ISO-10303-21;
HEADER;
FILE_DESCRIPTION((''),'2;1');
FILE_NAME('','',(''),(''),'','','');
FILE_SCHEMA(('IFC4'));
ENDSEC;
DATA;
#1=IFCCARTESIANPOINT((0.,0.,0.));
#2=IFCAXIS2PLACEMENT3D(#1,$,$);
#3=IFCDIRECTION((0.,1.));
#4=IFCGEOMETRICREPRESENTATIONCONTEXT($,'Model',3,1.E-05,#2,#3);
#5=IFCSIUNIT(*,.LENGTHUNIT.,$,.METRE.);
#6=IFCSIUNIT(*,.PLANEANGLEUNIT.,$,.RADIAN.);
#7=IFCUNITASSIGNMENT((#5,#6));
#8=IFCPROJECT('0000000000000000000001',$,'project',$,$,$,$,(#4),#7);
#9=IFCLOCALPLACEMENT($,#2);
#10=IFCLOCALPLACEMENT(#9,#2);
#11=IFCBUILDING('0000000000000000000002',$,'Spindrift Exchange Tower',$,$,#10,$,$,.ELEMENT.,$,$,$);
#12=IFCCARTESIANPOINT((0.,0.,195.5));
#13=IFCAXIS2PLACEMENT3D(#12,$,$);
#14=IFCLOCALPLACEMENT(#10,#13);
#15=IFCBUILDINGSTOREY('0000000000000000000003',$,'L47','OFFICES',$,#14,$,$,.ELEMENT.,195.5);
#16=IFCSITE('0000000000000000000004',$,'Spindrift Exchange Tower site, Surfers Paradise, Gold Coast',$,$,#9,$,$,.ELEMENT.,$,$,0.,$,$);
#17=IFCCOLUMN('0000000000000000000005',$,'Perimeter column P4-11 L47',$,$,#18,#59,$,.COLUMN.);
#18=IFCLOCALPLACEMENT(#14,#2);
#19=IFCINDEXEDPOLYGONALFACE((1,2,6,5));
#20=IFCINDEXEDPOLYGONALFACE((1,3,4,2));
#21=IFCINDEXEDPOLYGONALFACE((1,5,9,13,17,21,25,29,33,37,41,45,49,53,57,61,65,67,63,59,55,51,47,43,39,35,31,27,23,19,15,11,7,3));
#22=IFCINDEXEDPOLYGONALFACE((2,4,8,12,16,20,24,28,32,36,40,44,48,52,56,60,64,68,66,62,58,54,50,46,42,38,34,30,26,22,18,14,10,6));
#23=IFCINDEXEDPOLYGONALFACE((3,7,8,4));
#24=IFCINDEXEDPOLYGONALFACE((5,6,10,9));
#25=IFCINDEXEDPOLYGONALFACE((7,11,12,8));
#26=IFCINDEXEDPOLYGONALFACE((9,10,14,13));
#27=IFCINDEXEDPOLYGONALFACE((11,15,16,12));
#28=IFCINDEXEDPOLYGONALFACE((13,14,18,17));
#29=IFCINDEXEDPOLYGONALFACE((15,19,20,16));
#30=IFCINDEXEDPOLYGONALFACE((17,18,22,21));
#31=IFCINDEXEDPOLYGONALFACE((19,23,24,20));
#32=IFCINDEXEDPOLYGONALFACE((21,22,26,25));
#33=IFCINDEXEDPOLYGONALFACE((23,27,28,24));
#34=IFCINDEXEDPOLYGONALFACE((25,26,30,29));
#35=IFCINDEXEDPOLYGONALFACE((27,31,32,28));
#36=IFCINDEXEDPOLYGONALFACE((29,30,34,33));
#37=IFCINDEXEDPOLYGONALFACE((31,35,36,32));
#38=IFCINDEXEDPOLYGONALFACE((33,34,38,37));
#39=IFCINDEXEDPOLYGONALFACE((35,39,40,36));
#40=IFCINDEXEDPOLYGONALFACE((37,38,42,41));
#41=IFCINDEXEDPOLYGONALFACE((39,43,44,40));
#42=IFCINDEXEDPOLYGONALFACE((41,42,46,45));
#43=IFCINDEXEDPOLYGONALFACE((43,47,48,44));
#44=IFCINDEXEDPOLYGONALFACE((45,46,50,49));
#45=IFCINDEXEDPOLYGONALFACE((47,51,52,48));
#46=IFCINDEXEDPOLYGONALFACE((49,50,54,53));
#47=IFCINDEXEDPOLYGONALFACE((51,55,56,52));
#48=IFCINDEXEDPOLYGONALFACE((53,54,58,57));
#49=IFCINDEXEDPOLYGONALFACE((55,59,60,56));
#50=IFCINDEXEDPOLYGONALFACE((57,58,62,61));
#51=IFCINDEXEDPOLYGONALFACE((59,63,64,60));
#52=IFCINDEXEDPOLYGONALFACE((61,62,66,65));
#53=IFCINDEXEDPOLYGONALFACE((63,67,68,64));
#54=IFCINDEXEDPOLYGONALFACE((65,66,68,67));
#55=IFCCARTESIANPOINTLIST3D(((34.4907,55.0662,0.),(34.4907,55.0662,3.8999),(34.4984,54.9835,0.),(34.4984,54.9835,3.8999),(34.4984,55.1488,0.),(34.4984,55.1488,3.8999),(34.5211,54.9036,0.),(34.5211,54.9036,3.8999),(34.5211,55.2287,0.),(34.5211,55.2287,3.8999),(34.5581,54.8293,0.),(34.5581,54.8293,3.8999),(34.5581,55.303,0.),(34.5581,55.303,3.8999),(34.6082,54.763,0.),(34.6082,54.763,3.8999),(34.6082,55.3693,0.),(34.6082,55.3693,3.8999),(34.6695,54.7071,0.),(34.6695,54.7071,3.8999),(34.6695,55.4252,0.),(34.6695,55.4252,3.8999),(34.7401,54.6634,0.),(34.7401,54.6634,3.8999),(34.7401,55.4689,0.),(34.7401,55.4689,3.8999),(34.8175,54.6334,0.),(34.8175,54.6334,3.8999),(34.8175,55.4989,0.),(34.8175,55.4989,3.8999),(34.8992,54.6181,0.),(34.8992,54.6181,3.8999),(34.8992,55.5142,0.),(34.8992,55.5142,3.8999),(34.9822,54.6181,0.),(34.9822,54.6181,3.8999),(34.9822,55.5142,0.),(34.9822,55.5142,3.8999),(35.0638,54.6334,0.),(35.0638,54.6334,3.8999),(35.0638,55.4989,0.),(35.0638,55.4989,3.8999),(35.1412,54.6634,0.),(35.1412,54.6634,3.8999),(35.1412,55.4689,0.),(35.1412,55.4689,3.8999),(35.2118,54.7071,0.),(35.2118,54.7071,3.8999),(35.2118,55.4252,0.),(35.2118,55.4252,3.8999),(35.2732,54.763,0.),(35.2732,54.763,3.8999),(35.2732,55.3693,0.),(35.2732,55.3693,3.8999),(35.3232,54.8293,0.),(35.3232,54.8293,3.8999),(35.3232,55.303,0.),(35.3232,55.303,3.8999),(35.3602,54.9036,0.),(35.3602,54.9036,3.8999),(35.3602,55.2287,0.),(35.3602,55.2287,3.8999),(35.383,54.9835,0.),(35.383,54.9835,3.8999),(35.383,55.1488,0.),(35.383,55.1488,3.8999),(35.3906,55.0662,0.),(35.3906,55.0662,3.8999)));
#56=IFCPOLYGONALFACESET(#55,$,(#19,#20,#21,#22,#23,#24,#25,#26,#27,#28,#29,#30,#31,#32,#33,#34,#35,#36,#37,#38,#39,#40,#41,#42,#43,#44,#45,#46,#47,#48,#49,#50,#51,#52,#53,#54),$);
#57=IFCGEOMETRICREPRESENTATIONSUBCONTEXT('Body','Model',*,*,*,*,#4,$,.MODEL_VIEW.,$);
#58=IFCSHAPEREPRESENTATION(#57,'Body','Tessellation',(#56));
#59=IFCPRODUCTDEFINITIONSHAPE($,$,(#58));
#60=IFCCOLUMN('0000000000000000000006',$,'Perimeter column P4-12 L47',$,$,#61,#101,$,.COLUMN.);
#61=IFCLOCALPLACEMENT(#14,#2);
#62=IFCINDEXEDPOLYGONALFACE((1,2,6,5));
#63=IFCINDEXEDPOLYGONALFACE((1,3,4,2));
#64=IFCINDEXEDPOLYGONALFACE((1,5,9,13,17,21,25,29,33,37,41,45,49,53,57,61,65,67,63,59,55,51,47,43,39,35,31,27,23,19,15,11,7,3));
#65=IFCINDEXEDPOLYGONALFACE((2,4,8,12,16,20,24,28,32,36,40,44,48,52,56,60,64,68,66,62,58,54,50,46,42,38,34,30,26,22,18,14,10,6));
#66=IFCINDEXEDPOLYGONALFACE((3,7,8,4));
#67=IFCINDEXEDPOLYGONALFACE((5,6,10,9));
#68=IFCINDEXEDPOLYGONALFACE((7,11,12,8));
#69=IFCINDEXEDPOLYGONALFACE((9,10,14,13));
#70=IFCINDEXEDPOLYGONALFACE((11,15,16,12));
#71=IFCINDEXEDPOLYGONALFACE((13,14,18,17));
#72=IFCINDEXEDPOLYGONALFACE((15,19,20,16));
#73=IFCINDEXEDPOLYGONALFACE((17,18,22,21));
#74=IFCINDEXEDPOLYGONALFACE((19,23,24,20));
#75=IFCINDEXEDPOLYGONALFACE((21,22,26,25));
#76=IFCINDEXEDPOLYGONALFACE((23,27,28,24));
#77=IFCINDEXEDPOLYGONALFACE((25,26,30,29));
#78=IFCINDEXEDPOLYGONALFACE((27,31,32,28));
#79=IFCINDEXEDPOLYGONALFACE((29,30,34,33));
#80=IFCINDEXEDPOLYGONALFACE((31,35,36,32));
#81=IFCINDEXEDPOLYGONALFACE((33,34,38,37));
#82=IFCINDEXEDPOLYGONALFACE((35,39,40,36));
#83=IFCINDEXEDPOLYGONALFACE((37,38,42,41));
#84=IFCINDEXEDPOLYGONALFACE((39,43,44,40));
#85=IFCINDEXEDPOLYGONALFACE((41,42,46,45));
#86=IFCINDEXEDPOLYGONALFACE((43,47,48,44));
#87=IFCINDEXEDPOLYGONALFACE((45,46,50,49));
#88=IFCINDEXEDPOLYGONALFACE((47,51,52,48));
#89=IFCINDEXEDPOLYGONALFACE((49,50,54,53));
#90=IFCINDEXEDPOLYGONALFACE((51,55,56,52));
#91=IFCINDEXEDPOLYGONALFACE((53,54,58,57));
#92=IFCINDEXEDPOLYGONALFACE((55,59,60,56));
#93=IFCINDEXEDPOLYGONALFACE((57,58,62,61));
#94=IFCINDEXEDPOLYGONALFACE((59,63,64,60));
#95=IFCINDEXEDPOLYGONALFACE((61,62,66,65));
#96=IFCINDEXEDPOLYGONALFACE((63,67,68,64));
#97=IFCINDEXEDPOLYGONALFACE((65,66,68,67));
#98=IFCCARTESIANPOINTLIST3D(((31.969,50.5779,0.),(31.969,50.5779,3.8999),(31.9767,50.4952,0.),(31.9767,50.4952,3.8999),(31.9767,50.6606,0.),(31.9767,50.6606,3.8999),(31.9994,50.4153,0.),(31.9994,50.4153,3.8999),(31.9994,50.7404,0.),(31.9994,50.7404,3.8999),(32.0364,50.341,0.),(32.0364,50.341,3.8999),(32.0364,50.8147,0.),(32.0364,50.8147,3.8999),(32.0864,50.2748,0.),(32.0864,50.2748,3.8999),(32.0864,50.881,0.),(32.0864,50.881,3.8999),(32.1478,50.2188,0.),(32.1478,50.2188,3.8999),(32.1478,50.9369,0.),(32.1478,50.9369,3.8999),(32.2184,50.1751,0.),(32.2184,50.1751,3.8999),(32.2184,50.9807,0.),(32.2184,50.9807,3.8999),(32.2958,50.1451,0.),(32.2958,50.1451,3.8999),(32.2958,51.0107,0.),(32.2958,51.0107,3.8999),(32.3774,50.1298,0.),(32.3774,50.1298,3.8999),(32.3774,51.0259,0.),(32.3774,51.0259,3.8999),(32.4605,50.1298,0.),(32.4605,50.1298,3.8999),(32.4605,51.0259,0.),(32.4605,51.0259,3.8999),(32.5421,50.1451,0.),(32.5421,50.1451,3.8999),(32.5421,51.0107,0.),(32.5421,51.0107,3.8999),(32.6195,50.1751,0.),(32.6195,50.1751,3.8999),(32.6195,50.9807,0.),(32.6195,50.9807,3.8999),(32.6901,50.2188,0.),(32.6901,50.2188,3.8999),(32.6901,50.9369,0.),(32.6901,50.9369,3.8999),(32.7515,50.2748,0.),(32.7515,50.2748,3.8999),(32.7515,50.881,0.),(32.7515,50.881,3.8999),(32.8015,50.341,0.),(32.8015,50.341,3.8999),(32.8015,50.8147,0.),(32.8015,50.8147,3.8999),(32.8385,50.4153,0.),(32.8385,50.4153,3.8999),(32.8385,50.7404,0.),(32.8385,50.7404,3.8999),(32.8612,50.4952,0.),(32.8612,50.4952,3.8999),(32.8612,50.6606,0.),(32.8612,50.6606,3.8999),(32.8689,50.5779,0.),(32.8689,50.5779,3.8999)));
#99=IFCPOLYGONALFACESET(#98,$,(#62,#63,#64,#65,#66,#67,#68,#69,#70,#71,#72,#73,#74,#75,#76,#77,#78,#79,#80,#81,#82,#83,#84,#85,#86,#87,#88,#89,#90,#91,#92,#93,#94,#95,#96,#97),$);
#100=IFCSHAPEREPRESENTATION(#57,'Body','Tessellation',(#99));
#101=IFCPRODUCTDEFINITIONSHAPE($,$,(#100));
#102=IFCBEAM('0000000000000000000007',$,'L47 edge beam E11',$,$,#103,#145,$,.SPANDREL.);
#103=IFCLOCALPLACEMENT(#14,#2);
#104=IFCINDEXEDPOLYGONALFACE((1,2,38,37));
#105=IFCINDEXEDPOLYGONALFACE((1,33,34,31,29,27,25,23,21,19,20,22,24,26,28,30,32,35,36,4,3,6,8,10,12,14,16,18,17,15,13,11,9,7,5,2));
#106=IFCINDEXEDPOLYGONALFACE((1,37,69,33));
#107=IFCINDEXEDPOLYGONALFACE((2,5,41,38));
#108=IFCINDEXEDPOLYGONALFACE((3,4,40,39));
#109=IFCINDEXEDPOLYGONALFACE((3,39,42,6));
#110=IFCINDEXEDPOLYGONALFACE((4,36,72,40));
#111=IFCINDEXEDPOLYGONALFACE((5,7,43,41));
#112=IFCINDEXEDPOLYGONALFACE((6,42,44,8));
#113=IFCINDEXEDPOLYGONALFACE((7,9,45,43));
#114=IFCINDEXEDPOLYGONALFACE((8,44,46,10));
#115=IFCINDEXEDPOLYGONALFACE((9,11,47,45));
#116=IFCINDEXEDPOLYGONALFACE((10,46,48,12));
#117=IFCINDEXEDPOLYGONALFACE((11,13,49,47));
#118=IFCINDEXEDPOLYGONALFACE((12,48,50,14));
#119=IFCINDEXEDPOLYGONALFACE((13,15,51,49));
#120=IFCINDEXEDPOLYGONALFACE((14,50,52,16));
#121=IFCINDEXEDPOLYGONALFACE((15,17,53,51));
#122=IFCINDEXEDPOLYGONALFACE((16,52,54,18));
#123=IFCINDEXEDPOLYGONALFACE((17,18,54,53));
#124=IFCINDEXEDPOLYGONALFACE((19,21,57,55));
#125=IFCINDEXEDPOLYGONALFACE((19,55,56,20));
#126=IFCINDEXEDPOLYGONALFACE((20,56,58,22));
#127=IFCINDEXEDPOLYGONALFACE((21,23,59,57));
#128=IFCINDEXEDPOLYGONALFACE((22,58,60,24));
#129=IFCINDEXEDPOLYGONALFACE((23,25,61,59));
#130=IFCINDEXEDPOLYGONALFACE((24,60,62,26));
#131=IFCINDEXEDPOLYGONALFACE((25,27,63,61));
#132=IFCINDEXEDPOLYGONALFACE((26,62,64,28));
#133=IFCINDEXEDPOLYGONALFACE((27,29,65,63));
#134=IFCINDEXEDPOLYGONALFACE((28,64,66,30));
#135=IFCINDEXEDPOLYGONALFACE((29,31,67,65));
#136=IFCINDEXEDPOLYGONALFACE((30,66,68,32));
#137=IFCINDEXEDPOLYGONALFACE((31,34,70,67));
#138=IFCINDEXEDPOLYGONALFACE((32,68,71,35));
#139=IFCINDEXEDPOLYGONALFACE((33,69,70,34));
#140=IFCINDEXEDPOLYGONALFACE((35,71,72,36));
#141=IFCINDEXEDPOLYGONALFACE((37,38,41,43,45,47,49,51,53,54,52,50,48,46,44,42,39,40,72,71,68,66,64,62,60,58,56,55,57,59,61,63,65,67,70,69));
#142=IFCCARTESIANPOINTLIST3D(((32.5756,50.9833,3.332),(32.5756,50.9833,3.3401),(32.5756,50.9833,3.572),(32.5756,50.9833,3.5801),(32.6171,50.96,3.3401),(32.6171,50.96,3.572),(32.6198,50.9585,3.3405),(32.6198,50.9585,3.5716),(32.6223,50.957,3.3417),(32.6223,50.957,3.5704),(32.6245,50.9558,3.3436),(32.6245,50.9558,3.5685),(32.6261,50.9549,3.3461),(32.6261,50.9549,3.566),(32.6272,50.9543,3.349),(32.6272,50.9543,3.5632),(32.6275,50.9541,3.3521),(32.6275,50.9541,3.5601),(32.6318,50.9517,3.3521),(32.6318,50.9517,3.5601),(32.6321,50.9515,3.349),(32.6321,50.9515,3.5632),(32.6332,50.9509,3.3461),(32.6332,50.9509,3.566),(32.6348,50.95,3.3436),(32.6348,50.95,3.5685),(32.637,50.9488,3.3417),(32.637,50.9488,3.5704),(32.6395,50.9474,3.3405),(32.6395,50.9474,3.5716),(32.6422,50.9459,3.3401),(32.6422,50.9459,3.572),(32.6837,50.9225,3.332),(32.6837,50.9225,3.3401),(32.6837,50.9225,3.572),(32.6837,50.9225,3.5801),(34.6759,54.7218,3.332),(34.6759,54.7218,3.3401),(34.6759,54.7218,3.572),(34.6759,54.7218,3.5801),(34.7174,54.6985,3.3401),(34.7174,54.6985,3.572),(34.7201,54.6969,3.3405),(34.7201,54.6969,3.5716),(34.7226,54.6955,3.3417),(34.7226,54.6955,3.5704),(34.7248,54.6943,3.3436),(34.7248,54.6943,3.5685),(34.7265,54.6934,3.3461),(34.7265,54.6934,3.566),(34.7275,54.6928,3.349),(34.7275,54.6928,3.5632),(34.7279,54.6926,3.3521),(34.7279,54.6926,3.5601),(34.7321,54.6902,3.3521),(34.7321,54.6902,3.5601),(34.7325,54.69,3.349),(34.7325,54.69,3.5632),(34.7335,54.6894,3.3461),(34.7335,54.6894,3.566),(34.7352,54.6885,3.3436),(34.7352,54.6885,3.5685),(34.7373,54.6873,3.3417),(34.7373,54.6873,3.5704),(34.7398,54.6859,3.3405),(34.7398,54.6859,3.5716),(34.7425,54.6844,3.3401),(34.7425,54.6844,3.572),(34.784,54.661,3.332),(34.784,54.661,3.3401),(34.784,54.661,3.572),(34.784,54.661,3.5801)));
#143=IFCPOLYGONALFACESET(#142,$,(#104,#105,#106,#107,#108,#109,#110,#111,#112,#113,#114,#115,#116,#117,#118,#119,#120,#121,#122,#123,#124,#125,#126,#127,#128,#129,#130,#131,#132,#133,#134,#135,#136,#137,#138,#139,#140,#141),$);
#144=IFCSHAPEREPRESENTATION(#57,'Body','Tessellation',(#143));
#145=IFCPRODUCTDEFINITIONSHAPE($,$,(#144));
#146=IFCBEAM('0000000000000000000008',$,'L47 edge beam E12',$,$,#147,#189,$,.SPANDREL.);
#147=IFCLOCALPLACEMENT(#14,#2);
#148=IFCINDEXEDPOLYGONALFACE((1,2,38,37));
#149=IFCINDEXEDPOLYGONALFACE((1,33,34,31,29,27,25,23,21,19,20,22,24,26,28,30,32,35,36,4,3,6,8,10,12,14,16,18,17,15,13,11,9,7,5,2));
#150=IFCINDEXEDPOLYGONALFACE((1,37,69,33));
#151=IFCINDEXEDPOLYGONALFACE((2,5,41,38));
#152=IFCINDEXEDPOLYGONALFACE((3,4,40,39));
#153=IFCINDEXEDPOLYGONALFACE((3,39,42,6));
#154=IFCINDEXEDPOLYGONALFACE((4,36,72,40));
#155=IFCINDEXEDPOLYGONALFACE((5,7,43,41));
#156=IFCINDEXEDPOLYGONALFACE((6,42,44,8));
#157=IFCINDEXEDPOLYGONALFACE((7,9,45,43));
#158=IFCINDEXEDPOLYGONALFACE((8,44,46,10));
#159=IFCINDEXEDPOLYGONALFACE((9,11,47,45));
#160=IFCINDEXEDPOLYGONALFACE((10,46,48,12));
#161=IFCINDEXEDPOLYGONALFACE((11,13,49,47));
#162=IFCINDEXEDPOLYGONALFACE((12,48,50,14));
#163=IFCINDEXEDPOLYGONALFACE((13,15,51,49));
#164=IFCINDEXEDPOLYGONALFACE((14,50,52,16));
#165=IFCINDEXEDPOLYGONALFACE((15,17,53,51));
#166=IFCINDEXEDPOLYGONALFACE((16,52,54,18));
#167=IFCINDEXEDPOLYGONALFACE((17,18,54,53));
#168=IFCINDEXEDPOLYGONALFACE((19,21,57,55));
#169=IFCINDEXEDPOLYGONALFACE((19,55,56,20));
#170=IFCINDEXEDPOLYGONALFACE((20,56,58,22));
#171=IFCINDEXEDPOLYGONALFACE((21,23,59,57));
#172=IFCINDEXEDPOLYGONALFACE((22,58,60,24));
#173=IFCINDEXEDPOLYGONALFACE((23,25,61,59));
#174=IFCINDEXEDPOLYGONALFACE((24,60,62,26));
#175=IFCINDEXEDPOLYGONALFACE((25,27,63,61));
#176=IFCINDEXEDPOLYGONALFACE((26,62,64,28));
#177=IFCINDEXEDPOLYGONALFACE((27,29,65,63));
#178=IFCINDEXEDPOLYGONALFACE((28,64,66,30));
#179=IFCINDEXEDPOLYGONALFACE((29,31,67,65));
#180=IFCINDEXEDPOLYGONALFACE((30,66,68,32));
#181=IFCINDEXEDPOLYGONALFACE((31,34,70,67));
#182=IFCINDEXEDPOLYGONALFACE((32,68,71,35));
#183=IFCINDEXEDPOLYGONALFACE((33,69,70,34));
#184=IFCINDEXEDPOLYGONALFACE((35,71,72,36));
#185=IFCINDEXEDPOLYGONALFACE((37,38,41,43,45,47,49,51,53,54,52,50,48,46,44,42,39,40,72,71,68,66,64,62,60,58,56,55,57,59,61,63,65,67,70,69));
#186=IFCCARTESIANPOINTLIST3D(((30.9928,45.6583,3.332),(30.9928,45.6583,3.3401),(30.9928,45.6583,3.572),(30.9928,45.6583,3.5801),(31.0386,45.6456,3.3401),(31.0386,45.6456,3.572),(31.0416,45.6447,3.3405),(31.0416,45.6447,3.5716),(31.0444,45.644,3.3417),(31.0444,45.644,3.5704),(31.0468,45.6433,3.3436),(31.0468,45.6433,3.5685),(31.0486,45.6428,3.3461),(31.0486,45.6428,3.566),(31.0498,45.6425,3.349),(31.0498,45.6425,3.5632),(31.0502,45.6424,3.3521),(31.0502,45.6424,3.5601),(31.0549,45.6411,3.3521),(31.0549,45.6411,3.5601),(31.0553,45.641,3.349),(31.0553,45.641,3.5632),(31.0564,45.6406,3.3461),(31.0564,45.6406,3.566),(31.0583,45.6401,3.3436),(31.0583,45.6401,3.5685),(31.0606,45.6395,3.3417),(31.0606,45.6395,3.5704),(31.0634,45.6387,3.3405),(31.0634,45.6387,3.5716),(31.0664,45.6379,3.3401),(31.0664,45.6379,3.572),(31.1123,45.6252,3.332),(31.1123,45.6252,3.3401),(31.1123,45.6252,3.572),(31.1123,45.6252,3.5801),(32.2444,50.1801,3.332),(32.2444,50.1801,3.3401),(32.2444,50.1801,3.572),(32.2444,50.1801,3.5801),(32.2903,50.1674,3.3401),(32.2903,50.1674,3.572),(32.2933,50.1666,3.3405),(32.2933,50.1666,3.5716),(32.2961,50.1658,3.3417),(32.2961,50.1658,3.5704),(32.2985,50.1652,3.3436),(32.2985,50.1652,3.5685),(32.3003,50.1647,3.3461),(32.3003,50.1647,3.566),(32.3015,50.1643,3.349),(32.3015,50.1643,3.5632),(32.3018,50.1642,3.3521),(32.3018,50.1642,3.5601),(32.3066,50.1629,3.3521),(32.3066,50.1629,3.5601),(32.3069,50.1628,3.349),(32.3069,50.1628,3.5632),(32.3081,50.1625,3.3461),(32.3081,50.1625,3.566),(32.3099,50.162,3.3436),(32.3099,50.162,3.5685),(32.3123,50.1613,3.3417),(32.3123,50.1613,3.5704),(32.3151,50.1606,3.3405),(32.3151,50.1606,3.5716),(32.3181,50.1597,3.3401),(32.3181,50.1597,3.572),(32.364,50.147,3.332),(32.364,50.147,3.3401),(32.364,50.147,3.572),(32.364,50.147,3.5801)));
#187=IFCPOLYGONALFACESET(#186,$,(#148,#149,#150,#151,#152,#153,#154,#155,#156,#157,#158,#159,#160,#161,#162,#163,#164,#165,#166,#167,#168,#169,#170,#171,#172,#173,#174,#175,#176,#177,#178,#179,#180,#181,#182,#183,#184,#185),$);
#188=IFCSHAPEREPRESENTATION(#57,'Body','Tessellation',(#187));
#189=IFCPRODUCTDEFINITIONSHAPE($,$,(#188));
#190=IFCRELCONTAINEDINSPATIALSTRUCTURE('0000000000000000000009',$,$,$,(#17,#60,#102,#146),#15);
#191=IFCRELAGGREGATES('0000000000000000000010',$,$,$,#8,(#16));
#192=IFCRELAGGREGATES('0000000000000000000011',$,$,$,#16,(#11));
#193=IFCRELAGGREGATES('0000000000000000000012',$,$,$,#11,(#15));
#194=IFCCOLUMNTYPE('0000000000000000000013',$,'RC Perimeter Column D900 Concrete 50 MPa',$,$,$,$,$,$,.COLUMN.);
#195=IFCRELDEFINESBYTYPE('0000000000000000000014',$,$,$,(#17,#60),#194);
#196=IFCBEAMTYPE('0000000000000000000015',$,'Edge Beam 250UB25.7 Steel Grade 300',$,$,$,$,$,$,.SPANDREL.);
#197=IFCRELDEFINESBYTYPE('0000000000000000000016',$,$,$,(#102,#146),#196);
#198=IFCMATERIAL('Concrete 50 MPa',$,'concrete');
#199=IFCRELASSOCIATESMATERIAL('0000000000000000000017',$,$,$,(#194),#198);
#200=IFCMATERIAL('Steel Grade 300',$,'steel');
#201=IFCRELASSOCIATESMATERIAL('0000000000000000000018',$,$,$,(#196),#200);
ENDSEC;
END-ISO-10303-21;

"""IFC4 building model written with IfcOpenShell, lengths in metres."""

from ifc_helpers import new_model, si_unit, direction, frame, origin, origin_2d, place, context, subcontext, project, spatial, circle, i_section, extrude, source, transform, mapped, material, material_profile, profile_set, type_object, element, save


model = new_model("IFC4")

# Units and contexts
model_context = context("Model", 3, precision=1e-05, world=origin(), true_north=direction((0.0, 1.0)))
body_context = subcontext(model_context, "Body", "Model", "MODEL_VIEW")
ifc_project = project(units=[si_unit("LENGTHUNIT", "METRE"), si_unit("PLANEANGLEUNIT", "RADIAN")], contexts=[model_context])

# Site, building, storey
site_placement = place(None, origin())
site = spatial("IfcSite", under=ifc_project, at=site_placement, Name="Spindrift Exchange Tower site, Surfers Paradise, Gold Coast", CompositionType="ELEMENT", RefElevation=0.0)
building_placement = place(site_placement, origin())
building = spatial("IfcBuilding", under=site, at=building_placement, Name="Spindrift Exchange Tower", CompositionType="ELEMENT")
storey_placement = place(building_placement, frame((0.0, 0.0, 195.5)))
storey = spatial("IfcBuildingStorey", under=building, at=storey_placement, Name="L47", Description="OFFICES", CompositionType="ELEMENT", Elevation=195.5)

# Columns
ifc_material_1 = material(Name="Concrete 50 MPa", Category="concrete")
ifc_material_profile_1 = material_profile(ifc_material_1, circle(Radius=0.45, at=origin_2d()), Name="RC D900")
ifc_profile_set_1 = profile_set([ifc_material_profile_1], Name="Concrete 50 MPa")
column_type = type_object("IfcColumnType", Name="RC Perimeter Column D900 Concrete 50 MPa", PredefinedType="COLUMN", material=ifc_profile_set_1)
shared_shape_1 = source(origin(), body_context, "Body", "SweptSolid", [
    extrude(circle(Radius=0.45, at=origin_2d()), origin(), (0.0, 0.0, 1.0), 3.8999),
])
for number, where, z_axis, x_axis, name in (
    (1, (34.9407, 55.0662, 0.0), (0.0, 0.0, 1.0), (1.0, 0.0, 0.0), "Perimeter column P4-11 L47"),
    (2, (32.4189, 50.5779, 0.0), (0.0, 0.0, 1.0), (1.0, 0.0, 0.0), "Perimeter column P4-12 L47"),
):
    element("IfcColumn", number, at=place(storey_placement, frame(where, z_axis=z_axis, x_axis=x_axis)), inside=storey, type_object=column_type, Name=name, PredefinedType="COLUMN", context=body_context, shape_type="MappedRepresentation", body=[
        mapped(shared_shape_1, transform((0.0, 0.0, 0.0), scale=1.0)),
    ])

# Beams
ifc_material_2 = material(Name="Steel Grade 300", Category="steel")
ifc_material_profile_2 = material_profile(ifc_material_2, i_section(OverallWidth=0.124, OverallDepth=0.248, WebThickness=0.0049, FlangeThickness=0.0081, FilletRadius=0.012, at=origin_2d()), Name="250UB25.7")
ifc_profile_set_2 = profile_set([ifc_material_profile_2], Name="Steel Grade 300")
beam_type_1 = type_object("IfcBeamType", Name="Edge Beam 250UB25.7 Steel Grade 300", PredefinedType="SPANDREL", material=ifc_profile_set_2)
shared_shape_2 = source(origin(), body_context, "Body", "SweptSolid", [
    extrude(i_section(OverallWidth=0.124, OverallDepth=0.248, WebThickness=0.0049, FlangeThickness=0.0081, FilletRadius=0.012, at=origin_2d()), origin(), (0.0, 0.0, 1.0), 4.2881),
])
beam_1_placement = place(storey_placement, frame((34.73, 54.6914, 3.4561), z_axis=(-0.489804, -0.871832, 0.0), x_axis=(0.871832, -0.489804, 0.0)))
element("IfcBeam", 3, at=beam_1_placement, inside=storey, type_object=beam_type_1, Name="L47 edge beam E11", PredefinedType="SPANDREL", context=body_context, shape_type="MappedRepresentation", body=[
    mapped(shared_shape_2, transform((0.0, 0.0, 0.0), scale=1.0)),
])
shared_shape_3 = source(origin(), body_context, "Body", "SweptSolid", [
    extrude(i_section(OverallWidth=0.124, OverallDepth=0.248, WebThickness=0.0049, FlangeThickness=0.0081, FilletRadius=0.012, at=origin_2d()), origin(), (0.0, 0.0, 1.0), 4.6919),
])
beam_2_placement = place(storey_placement, frame((32.3042, 50.1636, 3.4561), z_axis=(-0.266774, -0.963759, 0.0), x_axis=(0.963759, -0.266774, 0.0)))
element("IfcBeam", 4, at=beam_2_placement, inside=storey, type_object=beam_type_1, Name="L47 edge beam E12", PredefinedType="SPANDREL", context=body_context, shape_type="MappedRepresentation", body=[
    mapped(shared_shape_3, transform((0.0, 0.0, 0.0), scale=1.0)),
])

save(model, "model.ifc")
